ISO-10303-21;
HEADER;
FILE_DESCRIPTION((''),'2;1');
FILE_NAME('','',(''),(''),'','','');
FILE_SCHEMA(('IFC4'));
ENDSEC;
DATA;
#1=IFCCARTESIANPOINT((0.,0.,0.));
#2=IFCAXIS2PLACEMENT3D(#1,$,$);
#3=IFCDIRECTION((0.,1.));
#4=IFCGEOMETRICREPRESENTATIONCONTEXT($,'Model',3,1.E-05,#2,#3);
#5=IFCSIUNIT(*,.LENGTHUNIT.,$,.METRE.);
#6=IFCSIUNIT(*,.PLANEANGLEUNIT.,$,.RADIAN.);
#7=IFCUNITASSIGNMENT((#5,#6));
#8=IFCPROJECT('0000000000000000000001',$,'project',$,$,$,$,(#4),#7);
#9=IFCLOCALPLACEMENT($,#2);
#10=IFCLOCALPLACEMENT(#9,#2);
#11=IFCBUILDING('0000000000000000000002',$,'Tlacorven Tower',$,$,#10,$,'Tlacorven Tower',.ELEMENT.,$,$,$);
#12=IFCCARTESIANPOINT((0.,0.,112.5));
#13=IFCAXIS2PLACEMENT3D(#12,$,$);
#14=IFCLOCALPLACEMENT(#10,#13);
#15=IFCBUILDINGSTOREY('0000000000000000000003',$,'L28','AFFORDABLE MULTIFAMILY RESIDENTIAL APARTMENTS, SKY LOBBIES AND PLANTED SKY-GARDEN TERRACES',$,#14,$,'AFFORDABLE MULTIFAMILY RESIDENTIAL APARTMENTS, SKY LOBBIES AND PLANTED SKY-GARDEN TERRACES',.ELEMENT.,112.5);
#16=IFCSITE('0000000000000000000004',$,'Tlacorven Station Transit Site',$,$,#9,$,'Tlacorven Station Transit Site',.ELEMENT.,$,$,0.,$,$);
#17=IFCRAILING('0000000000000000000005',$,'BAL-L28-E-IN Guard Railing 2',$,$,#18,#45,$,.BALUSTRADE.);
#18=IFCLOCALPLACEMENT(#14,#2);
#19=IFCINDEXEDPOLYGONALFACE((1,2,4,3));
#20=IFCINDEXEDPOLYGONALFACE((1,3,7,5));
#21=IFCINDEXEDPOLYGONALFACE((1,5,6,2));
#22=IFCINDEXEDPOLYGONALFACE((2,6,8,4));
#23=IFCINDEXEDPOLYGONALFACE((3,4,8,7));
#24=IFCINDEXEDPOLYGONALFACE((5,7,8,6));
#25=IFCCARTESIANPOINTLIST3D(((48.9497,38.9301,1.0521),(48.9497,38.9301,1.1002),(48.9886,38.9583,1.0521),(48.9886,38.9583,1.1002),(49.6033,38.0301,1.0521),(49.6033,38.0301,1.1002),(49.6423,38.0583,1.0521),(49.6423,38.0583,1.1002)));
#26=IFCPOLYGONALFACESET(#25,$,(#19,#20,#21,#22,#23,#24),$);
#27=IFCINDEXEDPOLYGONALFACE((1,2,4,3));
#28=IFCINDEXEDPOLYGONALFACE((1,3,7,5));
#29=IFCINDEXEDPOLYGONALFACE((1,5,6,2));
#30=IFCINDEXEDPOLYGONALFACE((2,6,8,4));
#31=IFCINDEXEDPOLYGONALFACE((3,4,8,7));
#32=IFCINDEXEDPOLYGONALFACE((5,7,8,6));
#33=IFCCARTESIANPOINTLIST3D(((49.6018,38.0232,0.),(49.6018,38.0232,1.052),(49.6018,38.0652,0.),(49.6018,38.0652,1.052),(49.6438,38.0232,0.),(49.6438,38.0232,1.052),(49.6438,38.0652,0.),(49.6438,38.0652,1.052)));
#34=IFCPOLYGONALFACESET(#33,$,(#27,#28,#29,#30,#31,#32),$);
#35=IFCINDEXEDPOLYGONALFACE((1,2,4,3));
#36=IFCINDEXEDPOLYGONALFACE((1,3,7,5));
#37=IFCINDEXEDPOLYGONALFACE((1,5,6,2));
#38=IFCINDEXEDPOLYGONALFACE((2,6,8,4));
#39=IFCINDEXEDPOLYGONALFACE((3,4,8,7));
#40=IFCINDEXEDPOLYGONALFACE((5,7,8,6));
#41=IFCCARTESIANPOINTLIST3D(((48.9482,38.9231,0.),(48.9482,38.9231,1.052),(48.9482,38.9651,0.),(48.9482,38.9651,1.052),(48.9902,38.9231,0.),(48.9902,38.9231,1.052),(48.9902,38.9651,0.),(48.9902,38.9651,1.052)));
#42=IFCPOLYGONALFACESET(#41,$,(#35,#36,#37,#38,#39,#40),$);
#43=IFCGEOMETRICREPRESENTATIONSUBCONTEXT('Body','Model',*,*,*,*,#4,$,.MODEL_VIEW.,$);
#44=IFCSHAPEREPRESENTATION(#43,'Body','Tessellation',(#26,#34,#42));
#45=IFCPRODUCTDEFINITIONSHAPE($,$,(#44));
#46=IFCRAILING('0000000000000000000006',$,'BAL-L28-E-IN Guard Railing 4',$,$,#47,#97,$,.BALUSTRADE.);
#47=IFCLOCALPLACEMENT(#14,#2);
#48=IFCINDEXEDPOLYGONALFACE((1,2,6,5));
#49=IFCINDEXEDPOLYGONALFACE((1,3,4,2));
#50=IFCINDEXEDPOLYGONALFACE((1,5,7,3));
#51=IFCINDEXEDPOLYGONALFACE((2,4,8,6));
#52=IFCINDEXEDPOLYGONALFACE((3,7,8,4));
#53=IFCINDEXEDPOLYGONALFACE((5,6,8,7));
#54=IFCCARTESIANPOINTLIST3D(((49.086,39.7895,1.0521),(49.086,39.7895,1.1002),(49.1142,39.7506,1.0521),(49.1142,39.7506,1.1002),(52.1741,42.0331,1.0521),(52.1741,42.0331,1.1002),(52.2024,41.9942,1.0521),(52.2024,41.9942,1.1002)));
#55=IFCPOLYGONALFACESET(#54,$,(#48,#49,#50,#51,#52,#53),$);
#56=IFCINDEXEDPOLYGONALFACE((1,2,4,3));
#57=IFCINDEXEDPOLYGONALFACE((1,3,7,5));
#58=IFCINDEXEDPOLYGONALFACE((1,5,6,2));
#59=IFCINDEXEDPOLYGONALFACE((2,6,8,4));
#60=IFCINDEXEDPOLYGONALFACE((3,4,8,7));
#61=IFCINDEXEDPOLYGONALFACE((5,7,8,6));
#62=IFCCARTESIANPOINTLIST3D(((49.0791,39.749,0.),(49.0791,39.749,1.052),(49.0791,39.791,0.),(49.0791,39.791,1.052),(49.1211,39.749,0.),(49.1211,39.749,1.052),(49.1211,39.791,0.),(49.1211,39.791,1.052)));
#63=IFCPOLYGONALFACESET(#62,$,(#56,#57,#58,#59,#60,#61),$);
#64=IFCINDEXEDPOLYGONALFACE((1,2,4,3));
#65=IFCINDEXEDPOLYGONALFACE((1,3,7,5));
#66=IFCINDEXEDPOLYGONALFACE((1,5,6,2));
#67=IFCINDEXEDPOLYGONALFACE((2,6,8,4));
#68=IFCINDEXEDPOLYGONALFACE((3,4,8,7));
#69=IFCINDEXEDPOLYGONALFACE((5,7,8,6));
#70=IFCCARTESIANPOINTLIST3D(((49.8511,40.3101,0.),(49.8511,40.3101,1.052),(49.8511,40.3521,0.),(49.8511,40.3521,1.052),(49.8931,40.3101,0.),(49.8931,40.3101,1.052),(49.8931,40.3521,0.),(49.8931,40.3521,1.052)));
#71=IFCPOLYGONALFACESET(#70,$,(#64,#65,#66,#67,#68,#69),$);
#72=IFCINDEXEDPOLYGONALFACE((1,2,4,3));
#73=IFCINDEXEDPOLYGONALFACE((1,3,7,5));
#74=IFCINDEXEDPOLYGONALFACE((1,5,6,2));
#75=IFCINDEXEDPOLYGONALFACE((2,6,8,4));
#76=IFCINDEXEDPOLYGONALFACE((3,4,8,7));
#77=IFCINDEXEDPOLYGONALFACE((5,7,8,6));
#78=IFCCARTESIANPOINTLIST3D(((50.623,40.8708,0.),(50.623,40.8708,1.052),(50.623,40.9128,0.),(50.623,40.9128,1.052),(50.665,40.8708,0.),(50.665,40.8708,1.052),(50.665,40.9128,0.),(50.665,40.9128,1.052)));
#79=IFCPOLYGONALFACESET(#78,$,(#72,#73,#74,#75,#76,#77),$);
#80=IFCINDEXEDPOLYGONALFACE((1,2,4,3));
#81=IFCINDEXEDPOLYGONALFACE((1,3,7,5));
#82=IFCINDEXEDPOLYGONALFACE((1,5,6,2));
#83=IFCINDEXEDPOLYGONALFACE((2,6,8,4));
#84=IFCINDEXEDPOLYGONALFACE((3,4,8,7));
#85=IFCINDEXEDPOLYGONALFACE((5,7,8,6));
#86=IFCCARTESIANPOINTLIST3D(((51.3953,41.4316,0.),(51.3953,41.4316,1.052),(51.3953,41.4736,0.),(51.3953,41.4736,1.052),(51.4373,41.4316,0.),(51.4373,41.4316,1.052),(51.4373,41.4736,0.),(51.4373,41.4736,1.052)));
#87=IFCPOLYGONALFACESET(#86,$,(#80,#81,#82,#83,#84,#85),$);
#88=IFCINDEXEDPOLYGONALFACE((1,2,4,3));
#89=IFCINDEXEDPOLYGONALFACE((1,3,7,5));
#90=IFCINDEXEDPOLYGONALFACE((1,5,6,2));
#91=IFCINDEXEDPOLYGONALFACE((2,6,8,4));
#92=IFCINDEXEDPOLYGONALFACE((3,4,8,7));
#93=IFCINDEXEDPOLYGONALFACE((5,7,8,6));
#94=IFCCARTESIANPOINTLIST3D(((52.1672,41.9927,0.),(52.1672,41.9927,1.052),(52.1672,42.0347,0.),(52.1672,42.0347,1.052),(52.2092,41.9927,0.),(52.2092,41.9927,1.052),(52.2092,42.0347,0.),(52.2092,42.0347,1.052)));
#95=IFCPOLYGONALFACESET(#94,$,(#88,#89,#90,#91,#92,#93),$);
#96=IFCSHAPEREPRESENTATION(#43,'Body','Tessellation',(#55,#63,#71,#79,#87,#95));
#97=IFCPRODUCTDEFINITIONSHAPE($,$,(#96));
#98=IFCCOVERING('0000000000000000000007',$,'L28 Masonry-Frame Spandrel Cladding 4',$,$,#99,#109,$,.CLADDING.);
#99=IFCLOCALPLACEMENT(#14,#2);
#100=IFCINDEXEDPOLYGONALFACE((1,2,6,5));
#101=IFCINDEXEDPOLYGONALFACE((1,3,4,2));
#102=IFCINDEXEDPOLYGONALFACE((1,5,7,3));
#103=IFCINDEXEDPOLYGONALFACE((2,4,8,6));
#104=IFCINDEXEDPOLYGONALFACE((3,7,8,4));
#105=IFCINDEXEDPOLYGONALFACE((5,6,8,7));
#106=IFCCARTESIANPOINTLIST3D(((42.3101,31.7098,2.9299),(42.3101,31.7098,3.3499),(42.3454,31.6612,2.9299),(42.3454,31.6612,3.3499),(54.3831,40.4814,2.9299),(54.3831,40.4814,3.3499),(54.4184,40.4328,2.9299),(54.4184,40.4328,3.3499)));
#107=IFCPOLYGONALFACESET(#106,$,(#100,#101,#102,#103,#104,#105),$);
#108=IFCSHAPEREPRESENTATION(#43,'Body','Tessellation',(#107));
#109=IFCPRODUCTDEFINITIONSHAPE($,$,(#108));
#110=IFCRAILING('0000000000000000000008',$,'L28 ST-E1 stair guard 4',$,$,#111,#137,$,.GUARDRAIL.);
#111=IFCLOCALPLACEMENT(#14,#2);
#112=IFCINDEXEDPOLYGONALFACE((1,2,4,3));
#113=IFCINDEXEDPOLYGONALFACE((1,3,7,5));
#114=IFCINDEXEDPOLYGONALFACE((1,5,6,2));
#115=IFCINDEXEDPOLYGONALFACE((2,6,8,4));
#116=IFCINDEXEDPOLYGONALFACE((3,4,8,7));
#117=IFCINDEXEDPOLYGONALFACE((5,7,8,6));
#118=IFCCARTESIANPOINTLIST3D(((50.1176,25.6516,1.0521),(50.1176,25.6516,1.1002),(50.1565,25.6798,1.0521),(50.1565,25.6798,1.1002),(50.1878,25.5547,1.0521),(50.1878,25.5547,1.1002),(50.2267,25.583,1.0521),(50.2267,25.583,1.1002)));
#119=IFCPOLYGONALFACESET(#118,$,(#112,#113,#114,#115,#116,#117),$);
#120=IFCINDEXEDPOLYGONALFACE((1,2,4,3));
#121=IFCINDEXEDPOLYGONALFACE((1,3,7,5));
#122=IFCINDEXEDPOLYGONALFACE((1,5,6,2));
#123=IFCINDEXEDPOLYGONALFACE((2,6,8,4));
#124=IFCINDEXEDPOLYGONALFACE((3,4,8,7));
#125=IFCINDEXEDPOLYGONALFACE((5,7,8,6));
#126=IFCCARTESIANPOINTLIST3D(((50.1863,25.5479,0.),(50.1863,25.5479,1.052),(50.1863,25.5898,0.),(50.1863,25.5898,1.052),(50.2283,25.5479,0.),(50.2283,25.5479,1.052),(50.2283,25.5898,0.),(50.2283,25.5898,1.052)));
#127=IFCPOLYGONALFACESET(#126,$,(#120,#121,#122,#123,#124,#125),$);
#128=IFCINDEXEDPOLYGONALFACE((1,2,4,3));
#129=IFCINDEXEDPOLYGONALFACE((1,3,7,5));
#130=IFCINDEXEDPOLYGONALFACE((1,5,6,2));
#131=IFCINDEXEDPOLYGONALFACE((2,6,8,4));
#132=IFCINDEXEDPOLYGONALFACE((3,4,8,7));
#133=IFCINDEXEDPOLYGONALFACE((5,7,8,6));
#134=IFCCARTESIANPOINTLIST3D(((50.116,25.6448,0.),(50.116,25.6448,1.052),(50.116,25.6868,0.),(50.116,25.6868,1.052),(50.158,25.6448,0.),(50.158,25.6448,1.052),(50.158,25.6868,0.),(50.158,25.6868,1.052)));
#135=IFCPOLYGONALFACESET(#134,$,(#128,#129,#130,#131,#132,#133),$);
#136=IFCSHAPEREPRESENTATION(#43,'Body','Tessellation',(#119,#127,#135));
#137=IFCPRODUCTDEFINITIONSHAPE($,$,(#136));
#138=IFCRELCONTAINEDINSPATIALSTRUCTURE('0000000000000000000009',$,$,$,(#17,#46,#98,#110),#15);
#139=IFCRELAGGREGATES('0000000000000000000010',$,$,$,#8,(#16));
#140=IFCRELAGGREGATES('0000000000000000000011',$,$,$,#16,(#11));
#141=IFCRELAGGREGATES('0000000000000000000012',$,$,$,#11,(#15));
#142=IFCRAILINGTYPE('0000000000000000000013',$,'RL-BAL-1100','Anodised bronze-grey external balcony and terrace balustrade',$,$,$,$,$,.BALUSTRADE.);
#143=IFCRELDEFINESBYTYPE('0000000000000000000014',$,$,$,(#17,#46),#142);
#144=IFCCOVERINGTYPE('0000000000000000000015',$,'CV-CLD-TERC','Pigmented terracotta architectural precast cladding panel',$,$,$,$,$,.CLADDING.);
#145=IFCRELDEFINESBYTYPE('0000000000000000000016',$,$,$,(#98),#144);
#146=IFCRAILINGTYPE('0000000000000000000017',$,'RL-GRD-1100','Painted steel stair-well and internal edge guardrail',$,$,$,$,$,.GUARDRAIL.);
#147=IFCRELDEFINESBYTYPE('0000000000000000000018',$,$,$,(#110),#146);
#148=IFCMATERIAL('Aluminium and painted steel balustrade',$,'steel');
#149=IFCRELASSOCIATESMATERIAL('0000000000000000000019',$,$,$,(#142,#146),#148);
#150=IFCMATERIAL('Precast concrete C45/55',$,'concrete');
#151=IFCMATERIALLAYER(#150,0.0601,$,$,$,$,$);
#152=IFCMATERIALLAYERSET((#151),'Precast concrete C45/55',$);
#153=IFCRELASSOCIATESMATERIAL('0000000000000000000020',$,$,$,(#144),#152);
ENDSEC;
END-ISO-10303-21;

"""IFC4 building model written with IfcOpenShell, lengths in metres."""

from ifc_helpers import new_model, si_unit, direction, frame, origin, origin_2d, place, context, subcontext, project, spatial, rectangle, extrude, source, transform, mapped, material, layer, layer_set, type_object, element, save


model = new_model("IFC4")

# Units and contexts
model_context = context("Model", 3, precision=1e-05, world=origin(), true_north=direction((0.0, 1.0)))
body_context = subcontext(model_context, "Body", "Model", "MODEL_VIEW")
ifc_project = project(units=[si_unit("LENGTHUNIT", "METRE"), si_unit("PLANEANGLEUNIT", "RADIAN")], contexts=[model_context])

# Site, building, storey
site_placement = place(None, origin())
site = spatial("IfcSite", under=ifc_project, at=site_placement, Name="Tlacorven Station Transit Site", LongName="Tlacorven Station Transit Site", CompositionType="ELEMENT", RefElevation=0.0)
building_placement = place(site_placement, origin())
building = spatial("IfcBuilding", under=site, at=building_placement, Name="Tlacorven Tower", LongName="Tlacorven Tower", CompositionType="ELEMENT")
storey_placement = place(building_placement, frame((0.0, 0.0, 112.5)))
storey = spatial("IfcBuildingStorey", under=building, at=storey_placement, Name="L28", Description="AFFORDABLE MULTIFAMILY RESIDENTIAL APARTMENTS, SKY LOBBIES AND PLANTED SKY-GARDEN TERRACES", LongName="AFFORDABLE MULTIFAMILY RESIDENTIAL APARTMENTS, SKY LOBBIES AND PLANTED SKY-GARDEN TERRACES", CompositionType="ELEMENT", Elevation=112.5)

# Railings
ifc_material_1 = material(Name="Aluminium and painted steel balustrade", Category="steel")
railing_type_1 = type_object("IfcRailingType", Name="RL-BAL-1100", Description="Anodised bronze-grey external balcony and terrace balustrade", PredefinedType="BALUSTRADE", material=ifc_material_1)
shared_shape_1 = source(origin(), body_context, "Body", "SweptSolid", [
    extrude(rectangle(XDim=0.0481, YDim=0.0481, at=origin_2d()), frame((0.0, 0.0, 1.0762), z_axis=(-0.587636, 0.809125, 0.0), x_axis=(-0.809125, -0.587636, 0.0)), (0.0, 0.0, 1.0), 1.1123),
    extrude(rectangle(XDim=0.042, YDim=0.042, at=origin_2d()), origin(), (0.0, 0.0, 1.0), 1.052),
    extrude(rectangle(XDim=0.042, YDim=0.042, at=origin_2d()), frame((-0.6536, 0.8999, 0.0)), (0.0, 0.0, 1.0), 1.052),
])
railing_1_placement = place(storey_placement, frame((49.6228, 38.0442, 0.0)))
element("IfcRailing", 1, at=railing_1_placement, inside=storey, type_object=railing_type_1, Name="BAL-L28-E-IN Guard Railing 2", PredefinedType="BALUSTRADE", context=body_context, shape_type="MappedRepresentation", body=[
    mapped(shared_shape_1, transform((0.0, 0.0, 0.0), scale=1.0)),
])
shared_shape_2 = source(origin(), body_context, "Body", "SweptSolid", [
    extrude(rectangle(XDim=0.0481, YDim=0.0481, at=origin_2d()), frame((0.0, 0.0, 1.0762), z_axis=(0.809018, 0.587784, 0.0), x_axis=(-0.587784, 0.809018, 0.0)), (0.0, 0.0, 1.0), 3.8171),
    extrude(rectangle(XDim=0.042, YDim=0.042, at=origin_2d()), origin(), (0.0, 0.0, 1.0), 1.052),
    extrude(rectangle(XDim=0.042, YDim=0.042, at=origin_2d()), frame((0.772, 0.561, 0.0)), (0.0, 0.0, 1.0), 1.052),
    extrude(rectangle(XDim=0.042, YDim=0.042, at=origin_2d()), frame((1.5439, 1.1218, 0.0)), (0.0, 0.0, 1.0), 1.052),
    extrude(rectangle(XDim=0.042, YDim=0.042, at=origin_2d()), frame((2.3162, 1.6826, 0.0)), (0.0, 0.0, 1.0), 1.052),
    extrude(rectangle(XDim=0.042, YDim=0.042, at=origin_2d()), frame((3.0881, 2.2437, 0.0)), (0.0, 0.0, 1.0), 1.052),
])
railing_2_placement = place(storey_placement, frame((49.1001, 39.77, 0.0)))
element("IfcRailing", 2, at=railing_2_placement, inside=storey, type_object=railing_type_1, Name="BAL-L28-E-IN Guard Railing 4", PredefinedType="BALUSTRADE", context=body_context, shape_type="MappedRepresentation", body=[
    mapped(shared_shape_2, transform((0.0, 0.0, 0.0), scale=1.0)),
])

# Covering
ifc_material_2 = material(Name="Precast concrete C45/55", Category="concrete")
ifc_layer_1 = layer(ifc_material_2, 0.0601)
ifc_layer_set_1 = layer_set([ifc_layer_1], Name="Precast concrete C45/55")
covering_type = type_object("IfcCoveringType", Name="CV-CLD-TERC", Description="Pigmented terracotta architectural precast cladding panel", PredefinedType="CLADDING", material=ifc_layer_set_1)
shared_shape_3 = source(origin(), body_context, "Body", "SweptSolid", [
    extrude(rectangle(XDim=14.9231, YDim=0.0601, at=origin_2d()), origin(), (0.0, 0.0, 1.0), 0.4199),
])
covering_placement = place(storey_placement, frame((48.3643, 36.0713, 2.9299), z_axis=(0.0, 0.0, 1.0), x_axis=(0.809017, 0.587786, 0.0)))
element("IfcCovering", 3, at=covering_placement, inside=storey, type_object=covering_type, Name="L28 Masonry-Frame Spandrel Cladding 4", PredefinedType="CLADDING", context=body_context, shape_type="MappedRepresentation", body=[
    mapped(shared_shape_3, transform((0.0, 0.0, 0.0), scale=1.0)),
])

# Railing
railing_type_2 = type_object("IfcRailingType", Name="RL-GRD-1100", Description="Painted steel stair-well and internal edge guardrail", PredefinedType="GUARDRAIL", material=ifc_material_1)
shared_shape_4 = source(origin(), body_context, "Body", "SweptSolid", [
    extrude(rectangle(XDim=0.0481, YDim=0.0481, at=origin_2d()), frame((0.0, 0.0, 1.0762), z_axis=(-0.587201, 0.809441, 0.0), x_axis=(-0.809441, -0.587201, 0.0)), (0.0, 0.0, 1.0), 0.1196),
    extrude(rectangle(XDim=0.042, YDim=0.042, at=origin_2d()), origin(), (0.0, 0.0, 1.0), 1.052),
    extrude(rectangle(XDim=0.042, YDim=0.042, at=origin_2d()), frame((-0.0703, 0.0969, 0.0)), (0.0, 0.0, 1.0), 1.052),
])
railing_3_placement = place(storey_placement, frame((50.2073, 25.5688, 0.0)))
element("IfcRailing", 4, at=railing_3_placement, inside=storey, type_object=railing_type_2, Name="L28 ST-E1 stair guard 4", PredefinedType="GUARDRAIL", context=body_context, shape_type="MappedRepresentation", body=[
    mapped(shared_shape_4, transform((0.0, 0.0, 0.0), scale=1.0)),
])

save(model, "model.ifc")
